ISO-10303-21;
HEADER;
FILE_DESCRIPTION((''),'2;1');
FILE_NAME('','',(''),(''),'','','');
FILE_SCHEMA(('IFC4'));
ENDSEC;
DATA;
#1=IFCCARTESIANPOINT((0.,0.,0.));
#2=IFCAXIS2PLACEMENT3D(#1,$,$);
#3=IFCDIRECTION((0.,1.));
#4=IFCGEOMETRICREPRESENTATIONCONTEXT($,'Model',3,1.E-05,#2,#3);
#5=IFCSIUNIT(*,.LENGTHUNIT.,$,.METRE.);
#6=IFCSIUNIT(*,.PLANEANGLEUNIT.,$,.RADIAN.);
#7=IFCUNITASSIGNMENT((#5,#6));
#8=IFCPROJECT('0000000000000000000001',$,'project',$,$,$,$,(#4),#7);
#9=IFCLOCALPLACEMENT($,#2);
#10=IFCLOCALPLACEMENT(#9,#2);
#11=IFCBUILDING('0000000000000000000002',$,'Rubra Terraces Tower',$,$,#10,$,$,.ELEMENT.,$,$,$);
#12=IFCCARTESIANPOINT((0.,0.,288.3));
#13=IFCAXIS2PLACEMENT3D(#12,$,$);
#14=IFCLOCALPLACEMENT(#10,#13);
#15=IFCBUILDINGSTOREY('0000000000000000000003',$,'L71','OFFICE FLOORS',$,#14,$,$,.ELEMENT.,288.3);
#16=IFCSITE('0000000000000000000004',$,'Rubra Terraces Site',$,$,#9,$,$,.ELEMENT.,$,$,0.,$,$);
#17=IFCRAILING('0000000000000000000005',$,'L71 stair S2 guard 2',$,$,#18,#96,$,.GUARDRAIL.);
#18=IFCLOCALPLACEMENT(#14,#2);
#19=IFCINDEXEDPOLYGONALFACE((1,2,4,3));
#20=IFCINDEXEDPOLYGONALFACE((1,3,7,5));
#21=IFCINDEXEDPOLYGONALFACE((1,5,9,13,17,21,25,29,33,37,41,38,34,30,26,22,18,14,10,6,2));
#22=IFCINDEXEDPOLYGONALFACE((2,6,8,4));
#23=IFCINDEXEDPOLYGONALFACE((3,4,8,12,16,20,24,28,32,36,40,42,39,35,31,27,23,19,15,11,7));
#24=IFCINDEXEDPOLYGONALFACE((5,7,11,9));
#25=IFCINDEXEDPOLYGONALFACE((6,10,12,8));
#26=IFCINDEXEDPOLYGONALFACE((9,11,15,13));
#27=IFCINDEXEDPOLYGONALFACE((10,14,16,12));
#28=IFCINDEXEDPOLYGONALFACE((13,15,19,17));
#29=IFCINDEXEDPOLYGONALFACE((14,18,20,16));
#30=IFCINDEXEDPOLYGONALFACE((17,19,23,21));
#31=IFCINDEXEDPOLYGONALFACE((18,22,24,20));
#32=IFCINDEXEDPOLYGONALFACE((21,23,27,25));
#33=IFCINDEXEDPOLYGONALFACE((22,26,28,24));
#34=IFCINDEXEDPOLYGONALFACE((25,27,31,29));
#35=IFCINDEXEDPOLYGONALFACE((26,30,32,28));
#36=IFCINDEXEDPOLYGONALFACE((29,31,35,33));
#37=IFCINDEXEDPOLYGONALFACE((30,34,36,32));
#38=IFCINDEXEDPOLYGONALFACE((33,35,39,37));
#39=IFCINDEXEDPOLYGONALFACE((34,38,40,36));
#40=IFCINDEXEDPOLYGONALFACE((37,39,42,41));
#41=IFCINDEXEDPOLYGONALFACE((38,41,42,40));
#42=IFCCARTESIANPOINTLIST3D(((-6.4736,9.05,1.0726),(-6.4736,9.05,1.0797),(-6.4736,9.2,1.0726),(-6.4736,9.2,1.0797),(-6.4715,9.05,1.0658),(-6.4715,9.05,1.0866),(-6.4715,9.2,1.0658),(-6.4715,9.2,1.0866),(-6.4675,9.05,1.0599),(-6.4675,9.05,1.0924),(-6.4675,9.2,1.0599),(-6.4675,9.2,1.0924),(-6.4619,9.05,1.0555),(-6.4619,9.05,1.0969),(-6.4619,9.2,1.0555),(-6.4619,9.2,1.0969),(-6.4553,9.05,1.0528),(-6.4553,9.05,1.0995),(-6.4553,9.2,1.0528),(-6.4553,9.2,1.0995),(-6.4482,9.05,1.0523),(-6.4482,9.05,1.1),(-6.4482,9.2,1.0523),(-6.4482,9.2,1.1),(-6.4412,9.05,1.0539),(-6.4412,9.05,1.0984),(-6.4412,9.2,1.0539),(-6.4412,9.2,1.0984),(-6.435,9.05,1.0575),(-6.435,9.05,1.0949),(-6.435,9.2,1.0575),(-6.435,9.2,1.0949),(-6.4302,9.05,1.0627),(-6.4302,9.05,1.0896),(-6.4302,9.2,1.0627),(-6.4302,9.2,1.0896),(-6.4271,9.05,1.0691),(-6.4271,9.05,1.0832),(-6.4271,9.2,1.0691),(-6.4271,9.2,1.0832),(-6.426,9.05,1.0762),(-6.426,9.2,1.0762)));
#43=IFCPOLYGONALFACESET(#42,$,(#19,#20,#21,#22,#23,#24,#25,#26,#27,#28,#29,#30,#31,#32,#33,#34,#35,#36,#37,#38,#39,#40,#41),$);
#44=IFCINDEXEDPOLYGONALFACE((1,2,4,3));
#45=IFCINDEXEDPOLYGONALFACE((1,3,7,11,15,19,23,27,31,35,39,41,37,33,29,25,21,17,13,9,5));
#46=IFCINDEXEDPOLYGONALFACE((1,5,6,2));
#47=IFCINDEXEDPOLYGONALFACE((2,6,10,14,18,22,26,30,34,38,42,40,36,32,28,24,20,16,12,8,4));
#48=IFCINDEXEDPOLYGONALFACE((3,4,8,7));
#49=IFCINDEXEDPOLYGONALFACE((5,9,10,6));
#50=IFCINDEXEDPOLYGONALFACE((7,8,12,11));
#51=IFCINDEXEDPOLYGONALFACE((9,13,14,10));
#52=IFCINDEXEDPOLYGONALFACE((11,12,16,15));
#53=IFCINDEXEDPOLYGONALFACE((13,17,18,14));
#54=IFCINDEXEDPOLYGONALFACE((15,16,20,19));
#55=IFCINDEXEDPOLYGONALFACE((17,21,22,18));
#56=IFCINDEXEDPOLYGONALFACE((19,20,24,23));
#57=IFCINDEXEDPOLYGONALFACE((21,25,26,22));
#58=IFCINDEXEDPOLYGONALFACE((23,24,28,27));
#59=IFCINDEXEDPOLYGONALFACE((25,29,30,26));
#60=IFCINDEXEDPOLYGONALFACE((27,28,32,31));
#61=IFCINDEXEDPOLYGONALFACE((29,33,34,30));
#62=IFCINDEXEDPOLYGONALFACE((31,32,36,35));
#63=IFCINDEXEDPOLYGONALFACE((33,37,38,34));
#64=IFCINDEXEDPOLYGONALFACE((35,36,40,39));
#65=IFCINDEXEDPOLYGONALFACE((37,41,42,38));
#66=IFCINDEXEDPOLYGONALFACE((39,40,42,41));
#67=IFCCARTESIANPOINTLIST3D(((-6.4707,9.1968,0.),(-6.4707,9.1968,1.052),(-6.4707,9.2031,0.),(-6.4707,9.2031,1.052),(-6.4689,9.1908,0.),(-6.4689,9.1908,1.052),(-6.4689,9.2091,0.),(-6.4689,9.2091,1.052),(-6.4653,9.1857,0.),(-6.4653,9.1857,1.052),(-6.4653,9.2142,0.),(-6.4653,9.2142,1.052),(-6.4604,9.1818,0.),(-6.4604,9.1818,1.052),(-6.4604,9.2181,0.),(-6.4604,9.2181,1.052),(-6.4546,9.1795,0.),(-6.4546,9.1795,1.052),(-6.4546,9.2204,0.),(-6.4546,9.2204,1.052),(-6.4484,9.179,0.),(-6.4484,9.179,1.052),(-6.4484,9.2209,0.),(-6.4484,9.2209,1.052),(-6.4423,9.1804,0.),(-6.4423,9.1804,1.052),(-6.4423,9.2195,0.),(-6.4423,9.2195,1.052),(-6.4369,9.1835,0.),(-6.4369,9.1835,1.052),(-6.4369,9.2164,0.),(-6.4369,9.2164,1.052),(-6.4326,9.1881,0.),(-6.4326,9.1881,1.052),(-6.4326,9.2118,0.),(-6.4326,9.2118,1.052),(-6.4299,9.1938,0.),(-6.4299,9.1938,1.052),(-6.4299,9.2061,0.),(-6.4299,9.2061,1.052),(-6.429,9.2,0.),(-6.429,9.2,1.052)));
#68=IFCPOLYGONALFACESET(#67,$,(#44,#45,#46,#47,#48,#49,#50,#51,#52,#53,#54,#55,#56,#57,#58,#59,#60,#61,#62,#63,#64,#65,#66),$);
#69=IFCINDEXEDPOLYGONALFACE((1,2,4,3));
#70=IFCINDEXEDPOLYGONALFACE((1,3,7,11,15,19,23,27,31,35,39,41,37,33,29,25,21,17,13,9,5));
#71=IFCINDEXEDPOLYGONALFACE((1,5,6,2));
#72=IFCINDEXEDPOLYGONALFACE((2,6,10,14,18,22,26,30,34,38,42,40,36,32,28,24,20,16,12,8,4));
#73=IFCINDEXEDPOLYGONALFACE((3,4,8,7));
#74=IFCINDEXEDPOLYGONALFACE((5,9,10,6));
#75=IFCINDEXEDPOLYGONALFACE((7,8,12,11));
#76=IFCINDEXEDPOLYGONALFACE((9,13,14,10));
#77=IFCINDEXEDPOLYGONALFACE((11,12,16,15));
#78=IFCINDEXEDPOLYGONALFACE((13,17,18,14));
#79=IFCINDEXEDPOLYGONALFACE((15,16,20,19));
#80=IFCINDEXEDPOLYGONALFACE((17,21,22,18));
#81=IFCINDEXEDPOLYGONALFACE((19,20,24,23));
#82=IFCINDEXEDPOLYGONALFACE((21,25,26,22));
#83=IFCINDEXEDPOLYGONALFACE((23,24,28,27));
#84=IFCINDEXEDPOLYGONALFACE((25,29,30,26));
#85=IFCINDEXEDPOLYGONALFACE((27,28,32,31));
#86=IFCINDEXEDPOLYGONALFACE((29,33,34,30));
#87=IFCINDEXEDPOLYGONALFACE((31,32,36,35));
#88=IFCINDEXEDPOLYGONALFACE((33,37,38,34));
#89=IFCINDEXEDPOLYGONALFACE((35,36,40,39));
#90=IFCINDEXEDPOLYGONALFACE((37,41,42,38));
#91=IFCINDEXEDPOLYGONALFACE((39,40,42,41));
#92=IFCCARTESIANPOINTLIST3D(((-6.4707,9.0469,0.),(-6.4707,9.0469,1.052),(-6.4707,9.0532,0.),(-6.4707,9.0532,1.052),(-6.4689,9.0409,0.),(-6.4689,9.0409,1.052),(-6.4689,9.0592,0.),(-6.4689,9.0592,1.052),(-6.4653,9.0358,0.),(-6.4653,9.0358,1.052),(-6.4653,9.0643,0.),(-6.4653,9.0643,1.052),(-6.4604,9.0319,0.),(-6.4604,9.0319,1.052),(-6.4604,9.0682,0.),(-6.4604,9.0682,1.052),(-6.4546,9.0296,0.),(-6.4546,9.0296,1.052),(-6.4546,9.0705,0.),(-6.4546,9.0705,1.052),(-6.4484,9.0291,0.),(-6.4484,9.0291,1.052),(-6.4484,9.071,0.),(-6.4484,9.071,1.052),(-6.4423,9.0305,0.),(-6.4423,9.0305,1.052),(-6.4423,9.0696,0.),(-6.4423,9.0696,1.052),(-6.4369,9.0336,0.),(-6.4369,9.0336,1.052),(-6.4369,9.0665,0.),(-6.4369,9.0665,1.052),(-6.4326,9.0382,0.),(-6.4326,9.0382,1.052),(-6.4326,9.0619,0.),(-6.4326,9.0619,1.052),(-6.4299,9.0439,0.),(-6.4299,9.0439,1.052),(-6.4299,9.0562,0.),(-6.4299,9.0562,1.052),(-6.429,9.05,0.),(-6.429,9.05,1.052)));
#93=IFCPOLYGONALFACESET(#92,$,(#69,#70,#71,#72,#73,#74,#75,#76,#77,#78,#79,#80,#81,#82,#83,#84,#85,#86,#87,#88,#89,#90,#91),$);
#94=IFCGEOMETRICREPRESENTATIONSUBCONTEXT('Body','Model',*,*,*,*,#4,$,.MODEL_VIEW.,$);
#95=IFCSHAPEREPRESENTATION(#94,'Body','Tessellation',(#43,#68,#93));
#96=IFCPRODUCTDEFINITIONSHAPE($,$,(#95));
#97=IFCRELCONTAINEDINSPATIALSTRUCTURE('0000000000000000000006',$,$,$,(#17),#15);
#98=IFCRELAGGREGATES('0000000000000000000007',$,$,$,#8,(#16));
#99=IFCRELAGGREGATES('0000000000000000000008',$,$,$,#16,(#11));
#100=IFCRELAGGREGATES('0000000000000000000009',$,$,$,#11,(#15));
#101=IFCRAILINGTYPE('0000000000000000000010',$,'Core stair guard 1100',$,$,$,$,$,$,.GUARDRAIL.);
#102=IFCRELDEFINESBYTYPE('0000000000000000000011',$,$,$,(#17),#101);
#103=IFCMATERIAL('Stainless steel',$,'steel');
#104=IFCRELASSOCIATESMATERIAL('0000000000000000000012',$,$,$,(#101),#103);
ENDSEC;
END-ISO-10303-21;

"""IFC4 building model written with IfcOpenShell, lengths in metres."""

from ifc_helpers import new_model, si_unit, direction, frame, origin, origin_2d, place, context, subcontext, project, spatial, circle, extrude, material, type_object, element, save


model = new_model("IFC4")

# Units and contexts
model_context = context("Model", 3, precision=1e-05, world=origin(), true_north=direction((0.0, 1.0)))
body_context = subcontext(model_context, "Body", "Model", "MODEL_VIEW")
ifc_project = project(units=[si_unit("LENGTHUNIT", "METRE"), si_unit("PLANEANGLEUNIT", "RADIAN")], contexts=[model_context])

# Site, building, storey
site_placement = place(None, origin())
site = spatial("IfcSite", under=ifc_project, at=site_placement, Name="Rubra Terraces Site", CompositionType="ELEMENT", RefElevation=0.0)
building_placement = place(site_placement, origin())
building = spatial("IfcBuilding", under=site, at=building_placement, Name="Rubra Terraces Tower", CompositionType="ELEMENT")
storey_placement = place(building_placement, frame((0.0, 0.0, 288.3)))
storey = spatial("IfcBuildingStorey", under=building, at=storey_placement, Name="L71", Description="OFFICE FLOORS", CompositionType="ELEMENT", Elevation=288.3)

# Railing
ifc_material_1 = material(Name="Stainless steel", Category="steel")
railing_type_1 = type_object("IfcRailingType", Name="Core stair guard 1100", PredefinedType="GUARDRAIL", material=ifc_material_1)
railing_1_placement = place(storey_placement, frame((-6.45, 9.2, 0.0)))
element("IfcRailing", 1, at=railing_1_placement, inside=storey, type_object=railing_type_1, Name="L71 stair S2 guard 2", PredefinedType="GUARDRAIL", context=body_context, shape_type="SweptSolid", body=[
    extrude(circle(Radius=0.0239, at=origin_2d()), frame((0.0, 0.0, 1.0762), z_axis=(0.0, -1.0, 0.0), x_axis=(1.0, 0.0, 0.0)), (0.0, 0.0, 1.0), 0.1499),
    extrude(circle(Radius=0.021, at=origin_2d()), origin(), (0.0, 0.0, 1.0), 1.052),
    extrude(circle(Radius=0.021, at=origin_2d()), frame((0.0, -0.1499, 0.0)), (0.0, 0.0, 1.0), 1.052),
])

save(model, "model.ifc")
